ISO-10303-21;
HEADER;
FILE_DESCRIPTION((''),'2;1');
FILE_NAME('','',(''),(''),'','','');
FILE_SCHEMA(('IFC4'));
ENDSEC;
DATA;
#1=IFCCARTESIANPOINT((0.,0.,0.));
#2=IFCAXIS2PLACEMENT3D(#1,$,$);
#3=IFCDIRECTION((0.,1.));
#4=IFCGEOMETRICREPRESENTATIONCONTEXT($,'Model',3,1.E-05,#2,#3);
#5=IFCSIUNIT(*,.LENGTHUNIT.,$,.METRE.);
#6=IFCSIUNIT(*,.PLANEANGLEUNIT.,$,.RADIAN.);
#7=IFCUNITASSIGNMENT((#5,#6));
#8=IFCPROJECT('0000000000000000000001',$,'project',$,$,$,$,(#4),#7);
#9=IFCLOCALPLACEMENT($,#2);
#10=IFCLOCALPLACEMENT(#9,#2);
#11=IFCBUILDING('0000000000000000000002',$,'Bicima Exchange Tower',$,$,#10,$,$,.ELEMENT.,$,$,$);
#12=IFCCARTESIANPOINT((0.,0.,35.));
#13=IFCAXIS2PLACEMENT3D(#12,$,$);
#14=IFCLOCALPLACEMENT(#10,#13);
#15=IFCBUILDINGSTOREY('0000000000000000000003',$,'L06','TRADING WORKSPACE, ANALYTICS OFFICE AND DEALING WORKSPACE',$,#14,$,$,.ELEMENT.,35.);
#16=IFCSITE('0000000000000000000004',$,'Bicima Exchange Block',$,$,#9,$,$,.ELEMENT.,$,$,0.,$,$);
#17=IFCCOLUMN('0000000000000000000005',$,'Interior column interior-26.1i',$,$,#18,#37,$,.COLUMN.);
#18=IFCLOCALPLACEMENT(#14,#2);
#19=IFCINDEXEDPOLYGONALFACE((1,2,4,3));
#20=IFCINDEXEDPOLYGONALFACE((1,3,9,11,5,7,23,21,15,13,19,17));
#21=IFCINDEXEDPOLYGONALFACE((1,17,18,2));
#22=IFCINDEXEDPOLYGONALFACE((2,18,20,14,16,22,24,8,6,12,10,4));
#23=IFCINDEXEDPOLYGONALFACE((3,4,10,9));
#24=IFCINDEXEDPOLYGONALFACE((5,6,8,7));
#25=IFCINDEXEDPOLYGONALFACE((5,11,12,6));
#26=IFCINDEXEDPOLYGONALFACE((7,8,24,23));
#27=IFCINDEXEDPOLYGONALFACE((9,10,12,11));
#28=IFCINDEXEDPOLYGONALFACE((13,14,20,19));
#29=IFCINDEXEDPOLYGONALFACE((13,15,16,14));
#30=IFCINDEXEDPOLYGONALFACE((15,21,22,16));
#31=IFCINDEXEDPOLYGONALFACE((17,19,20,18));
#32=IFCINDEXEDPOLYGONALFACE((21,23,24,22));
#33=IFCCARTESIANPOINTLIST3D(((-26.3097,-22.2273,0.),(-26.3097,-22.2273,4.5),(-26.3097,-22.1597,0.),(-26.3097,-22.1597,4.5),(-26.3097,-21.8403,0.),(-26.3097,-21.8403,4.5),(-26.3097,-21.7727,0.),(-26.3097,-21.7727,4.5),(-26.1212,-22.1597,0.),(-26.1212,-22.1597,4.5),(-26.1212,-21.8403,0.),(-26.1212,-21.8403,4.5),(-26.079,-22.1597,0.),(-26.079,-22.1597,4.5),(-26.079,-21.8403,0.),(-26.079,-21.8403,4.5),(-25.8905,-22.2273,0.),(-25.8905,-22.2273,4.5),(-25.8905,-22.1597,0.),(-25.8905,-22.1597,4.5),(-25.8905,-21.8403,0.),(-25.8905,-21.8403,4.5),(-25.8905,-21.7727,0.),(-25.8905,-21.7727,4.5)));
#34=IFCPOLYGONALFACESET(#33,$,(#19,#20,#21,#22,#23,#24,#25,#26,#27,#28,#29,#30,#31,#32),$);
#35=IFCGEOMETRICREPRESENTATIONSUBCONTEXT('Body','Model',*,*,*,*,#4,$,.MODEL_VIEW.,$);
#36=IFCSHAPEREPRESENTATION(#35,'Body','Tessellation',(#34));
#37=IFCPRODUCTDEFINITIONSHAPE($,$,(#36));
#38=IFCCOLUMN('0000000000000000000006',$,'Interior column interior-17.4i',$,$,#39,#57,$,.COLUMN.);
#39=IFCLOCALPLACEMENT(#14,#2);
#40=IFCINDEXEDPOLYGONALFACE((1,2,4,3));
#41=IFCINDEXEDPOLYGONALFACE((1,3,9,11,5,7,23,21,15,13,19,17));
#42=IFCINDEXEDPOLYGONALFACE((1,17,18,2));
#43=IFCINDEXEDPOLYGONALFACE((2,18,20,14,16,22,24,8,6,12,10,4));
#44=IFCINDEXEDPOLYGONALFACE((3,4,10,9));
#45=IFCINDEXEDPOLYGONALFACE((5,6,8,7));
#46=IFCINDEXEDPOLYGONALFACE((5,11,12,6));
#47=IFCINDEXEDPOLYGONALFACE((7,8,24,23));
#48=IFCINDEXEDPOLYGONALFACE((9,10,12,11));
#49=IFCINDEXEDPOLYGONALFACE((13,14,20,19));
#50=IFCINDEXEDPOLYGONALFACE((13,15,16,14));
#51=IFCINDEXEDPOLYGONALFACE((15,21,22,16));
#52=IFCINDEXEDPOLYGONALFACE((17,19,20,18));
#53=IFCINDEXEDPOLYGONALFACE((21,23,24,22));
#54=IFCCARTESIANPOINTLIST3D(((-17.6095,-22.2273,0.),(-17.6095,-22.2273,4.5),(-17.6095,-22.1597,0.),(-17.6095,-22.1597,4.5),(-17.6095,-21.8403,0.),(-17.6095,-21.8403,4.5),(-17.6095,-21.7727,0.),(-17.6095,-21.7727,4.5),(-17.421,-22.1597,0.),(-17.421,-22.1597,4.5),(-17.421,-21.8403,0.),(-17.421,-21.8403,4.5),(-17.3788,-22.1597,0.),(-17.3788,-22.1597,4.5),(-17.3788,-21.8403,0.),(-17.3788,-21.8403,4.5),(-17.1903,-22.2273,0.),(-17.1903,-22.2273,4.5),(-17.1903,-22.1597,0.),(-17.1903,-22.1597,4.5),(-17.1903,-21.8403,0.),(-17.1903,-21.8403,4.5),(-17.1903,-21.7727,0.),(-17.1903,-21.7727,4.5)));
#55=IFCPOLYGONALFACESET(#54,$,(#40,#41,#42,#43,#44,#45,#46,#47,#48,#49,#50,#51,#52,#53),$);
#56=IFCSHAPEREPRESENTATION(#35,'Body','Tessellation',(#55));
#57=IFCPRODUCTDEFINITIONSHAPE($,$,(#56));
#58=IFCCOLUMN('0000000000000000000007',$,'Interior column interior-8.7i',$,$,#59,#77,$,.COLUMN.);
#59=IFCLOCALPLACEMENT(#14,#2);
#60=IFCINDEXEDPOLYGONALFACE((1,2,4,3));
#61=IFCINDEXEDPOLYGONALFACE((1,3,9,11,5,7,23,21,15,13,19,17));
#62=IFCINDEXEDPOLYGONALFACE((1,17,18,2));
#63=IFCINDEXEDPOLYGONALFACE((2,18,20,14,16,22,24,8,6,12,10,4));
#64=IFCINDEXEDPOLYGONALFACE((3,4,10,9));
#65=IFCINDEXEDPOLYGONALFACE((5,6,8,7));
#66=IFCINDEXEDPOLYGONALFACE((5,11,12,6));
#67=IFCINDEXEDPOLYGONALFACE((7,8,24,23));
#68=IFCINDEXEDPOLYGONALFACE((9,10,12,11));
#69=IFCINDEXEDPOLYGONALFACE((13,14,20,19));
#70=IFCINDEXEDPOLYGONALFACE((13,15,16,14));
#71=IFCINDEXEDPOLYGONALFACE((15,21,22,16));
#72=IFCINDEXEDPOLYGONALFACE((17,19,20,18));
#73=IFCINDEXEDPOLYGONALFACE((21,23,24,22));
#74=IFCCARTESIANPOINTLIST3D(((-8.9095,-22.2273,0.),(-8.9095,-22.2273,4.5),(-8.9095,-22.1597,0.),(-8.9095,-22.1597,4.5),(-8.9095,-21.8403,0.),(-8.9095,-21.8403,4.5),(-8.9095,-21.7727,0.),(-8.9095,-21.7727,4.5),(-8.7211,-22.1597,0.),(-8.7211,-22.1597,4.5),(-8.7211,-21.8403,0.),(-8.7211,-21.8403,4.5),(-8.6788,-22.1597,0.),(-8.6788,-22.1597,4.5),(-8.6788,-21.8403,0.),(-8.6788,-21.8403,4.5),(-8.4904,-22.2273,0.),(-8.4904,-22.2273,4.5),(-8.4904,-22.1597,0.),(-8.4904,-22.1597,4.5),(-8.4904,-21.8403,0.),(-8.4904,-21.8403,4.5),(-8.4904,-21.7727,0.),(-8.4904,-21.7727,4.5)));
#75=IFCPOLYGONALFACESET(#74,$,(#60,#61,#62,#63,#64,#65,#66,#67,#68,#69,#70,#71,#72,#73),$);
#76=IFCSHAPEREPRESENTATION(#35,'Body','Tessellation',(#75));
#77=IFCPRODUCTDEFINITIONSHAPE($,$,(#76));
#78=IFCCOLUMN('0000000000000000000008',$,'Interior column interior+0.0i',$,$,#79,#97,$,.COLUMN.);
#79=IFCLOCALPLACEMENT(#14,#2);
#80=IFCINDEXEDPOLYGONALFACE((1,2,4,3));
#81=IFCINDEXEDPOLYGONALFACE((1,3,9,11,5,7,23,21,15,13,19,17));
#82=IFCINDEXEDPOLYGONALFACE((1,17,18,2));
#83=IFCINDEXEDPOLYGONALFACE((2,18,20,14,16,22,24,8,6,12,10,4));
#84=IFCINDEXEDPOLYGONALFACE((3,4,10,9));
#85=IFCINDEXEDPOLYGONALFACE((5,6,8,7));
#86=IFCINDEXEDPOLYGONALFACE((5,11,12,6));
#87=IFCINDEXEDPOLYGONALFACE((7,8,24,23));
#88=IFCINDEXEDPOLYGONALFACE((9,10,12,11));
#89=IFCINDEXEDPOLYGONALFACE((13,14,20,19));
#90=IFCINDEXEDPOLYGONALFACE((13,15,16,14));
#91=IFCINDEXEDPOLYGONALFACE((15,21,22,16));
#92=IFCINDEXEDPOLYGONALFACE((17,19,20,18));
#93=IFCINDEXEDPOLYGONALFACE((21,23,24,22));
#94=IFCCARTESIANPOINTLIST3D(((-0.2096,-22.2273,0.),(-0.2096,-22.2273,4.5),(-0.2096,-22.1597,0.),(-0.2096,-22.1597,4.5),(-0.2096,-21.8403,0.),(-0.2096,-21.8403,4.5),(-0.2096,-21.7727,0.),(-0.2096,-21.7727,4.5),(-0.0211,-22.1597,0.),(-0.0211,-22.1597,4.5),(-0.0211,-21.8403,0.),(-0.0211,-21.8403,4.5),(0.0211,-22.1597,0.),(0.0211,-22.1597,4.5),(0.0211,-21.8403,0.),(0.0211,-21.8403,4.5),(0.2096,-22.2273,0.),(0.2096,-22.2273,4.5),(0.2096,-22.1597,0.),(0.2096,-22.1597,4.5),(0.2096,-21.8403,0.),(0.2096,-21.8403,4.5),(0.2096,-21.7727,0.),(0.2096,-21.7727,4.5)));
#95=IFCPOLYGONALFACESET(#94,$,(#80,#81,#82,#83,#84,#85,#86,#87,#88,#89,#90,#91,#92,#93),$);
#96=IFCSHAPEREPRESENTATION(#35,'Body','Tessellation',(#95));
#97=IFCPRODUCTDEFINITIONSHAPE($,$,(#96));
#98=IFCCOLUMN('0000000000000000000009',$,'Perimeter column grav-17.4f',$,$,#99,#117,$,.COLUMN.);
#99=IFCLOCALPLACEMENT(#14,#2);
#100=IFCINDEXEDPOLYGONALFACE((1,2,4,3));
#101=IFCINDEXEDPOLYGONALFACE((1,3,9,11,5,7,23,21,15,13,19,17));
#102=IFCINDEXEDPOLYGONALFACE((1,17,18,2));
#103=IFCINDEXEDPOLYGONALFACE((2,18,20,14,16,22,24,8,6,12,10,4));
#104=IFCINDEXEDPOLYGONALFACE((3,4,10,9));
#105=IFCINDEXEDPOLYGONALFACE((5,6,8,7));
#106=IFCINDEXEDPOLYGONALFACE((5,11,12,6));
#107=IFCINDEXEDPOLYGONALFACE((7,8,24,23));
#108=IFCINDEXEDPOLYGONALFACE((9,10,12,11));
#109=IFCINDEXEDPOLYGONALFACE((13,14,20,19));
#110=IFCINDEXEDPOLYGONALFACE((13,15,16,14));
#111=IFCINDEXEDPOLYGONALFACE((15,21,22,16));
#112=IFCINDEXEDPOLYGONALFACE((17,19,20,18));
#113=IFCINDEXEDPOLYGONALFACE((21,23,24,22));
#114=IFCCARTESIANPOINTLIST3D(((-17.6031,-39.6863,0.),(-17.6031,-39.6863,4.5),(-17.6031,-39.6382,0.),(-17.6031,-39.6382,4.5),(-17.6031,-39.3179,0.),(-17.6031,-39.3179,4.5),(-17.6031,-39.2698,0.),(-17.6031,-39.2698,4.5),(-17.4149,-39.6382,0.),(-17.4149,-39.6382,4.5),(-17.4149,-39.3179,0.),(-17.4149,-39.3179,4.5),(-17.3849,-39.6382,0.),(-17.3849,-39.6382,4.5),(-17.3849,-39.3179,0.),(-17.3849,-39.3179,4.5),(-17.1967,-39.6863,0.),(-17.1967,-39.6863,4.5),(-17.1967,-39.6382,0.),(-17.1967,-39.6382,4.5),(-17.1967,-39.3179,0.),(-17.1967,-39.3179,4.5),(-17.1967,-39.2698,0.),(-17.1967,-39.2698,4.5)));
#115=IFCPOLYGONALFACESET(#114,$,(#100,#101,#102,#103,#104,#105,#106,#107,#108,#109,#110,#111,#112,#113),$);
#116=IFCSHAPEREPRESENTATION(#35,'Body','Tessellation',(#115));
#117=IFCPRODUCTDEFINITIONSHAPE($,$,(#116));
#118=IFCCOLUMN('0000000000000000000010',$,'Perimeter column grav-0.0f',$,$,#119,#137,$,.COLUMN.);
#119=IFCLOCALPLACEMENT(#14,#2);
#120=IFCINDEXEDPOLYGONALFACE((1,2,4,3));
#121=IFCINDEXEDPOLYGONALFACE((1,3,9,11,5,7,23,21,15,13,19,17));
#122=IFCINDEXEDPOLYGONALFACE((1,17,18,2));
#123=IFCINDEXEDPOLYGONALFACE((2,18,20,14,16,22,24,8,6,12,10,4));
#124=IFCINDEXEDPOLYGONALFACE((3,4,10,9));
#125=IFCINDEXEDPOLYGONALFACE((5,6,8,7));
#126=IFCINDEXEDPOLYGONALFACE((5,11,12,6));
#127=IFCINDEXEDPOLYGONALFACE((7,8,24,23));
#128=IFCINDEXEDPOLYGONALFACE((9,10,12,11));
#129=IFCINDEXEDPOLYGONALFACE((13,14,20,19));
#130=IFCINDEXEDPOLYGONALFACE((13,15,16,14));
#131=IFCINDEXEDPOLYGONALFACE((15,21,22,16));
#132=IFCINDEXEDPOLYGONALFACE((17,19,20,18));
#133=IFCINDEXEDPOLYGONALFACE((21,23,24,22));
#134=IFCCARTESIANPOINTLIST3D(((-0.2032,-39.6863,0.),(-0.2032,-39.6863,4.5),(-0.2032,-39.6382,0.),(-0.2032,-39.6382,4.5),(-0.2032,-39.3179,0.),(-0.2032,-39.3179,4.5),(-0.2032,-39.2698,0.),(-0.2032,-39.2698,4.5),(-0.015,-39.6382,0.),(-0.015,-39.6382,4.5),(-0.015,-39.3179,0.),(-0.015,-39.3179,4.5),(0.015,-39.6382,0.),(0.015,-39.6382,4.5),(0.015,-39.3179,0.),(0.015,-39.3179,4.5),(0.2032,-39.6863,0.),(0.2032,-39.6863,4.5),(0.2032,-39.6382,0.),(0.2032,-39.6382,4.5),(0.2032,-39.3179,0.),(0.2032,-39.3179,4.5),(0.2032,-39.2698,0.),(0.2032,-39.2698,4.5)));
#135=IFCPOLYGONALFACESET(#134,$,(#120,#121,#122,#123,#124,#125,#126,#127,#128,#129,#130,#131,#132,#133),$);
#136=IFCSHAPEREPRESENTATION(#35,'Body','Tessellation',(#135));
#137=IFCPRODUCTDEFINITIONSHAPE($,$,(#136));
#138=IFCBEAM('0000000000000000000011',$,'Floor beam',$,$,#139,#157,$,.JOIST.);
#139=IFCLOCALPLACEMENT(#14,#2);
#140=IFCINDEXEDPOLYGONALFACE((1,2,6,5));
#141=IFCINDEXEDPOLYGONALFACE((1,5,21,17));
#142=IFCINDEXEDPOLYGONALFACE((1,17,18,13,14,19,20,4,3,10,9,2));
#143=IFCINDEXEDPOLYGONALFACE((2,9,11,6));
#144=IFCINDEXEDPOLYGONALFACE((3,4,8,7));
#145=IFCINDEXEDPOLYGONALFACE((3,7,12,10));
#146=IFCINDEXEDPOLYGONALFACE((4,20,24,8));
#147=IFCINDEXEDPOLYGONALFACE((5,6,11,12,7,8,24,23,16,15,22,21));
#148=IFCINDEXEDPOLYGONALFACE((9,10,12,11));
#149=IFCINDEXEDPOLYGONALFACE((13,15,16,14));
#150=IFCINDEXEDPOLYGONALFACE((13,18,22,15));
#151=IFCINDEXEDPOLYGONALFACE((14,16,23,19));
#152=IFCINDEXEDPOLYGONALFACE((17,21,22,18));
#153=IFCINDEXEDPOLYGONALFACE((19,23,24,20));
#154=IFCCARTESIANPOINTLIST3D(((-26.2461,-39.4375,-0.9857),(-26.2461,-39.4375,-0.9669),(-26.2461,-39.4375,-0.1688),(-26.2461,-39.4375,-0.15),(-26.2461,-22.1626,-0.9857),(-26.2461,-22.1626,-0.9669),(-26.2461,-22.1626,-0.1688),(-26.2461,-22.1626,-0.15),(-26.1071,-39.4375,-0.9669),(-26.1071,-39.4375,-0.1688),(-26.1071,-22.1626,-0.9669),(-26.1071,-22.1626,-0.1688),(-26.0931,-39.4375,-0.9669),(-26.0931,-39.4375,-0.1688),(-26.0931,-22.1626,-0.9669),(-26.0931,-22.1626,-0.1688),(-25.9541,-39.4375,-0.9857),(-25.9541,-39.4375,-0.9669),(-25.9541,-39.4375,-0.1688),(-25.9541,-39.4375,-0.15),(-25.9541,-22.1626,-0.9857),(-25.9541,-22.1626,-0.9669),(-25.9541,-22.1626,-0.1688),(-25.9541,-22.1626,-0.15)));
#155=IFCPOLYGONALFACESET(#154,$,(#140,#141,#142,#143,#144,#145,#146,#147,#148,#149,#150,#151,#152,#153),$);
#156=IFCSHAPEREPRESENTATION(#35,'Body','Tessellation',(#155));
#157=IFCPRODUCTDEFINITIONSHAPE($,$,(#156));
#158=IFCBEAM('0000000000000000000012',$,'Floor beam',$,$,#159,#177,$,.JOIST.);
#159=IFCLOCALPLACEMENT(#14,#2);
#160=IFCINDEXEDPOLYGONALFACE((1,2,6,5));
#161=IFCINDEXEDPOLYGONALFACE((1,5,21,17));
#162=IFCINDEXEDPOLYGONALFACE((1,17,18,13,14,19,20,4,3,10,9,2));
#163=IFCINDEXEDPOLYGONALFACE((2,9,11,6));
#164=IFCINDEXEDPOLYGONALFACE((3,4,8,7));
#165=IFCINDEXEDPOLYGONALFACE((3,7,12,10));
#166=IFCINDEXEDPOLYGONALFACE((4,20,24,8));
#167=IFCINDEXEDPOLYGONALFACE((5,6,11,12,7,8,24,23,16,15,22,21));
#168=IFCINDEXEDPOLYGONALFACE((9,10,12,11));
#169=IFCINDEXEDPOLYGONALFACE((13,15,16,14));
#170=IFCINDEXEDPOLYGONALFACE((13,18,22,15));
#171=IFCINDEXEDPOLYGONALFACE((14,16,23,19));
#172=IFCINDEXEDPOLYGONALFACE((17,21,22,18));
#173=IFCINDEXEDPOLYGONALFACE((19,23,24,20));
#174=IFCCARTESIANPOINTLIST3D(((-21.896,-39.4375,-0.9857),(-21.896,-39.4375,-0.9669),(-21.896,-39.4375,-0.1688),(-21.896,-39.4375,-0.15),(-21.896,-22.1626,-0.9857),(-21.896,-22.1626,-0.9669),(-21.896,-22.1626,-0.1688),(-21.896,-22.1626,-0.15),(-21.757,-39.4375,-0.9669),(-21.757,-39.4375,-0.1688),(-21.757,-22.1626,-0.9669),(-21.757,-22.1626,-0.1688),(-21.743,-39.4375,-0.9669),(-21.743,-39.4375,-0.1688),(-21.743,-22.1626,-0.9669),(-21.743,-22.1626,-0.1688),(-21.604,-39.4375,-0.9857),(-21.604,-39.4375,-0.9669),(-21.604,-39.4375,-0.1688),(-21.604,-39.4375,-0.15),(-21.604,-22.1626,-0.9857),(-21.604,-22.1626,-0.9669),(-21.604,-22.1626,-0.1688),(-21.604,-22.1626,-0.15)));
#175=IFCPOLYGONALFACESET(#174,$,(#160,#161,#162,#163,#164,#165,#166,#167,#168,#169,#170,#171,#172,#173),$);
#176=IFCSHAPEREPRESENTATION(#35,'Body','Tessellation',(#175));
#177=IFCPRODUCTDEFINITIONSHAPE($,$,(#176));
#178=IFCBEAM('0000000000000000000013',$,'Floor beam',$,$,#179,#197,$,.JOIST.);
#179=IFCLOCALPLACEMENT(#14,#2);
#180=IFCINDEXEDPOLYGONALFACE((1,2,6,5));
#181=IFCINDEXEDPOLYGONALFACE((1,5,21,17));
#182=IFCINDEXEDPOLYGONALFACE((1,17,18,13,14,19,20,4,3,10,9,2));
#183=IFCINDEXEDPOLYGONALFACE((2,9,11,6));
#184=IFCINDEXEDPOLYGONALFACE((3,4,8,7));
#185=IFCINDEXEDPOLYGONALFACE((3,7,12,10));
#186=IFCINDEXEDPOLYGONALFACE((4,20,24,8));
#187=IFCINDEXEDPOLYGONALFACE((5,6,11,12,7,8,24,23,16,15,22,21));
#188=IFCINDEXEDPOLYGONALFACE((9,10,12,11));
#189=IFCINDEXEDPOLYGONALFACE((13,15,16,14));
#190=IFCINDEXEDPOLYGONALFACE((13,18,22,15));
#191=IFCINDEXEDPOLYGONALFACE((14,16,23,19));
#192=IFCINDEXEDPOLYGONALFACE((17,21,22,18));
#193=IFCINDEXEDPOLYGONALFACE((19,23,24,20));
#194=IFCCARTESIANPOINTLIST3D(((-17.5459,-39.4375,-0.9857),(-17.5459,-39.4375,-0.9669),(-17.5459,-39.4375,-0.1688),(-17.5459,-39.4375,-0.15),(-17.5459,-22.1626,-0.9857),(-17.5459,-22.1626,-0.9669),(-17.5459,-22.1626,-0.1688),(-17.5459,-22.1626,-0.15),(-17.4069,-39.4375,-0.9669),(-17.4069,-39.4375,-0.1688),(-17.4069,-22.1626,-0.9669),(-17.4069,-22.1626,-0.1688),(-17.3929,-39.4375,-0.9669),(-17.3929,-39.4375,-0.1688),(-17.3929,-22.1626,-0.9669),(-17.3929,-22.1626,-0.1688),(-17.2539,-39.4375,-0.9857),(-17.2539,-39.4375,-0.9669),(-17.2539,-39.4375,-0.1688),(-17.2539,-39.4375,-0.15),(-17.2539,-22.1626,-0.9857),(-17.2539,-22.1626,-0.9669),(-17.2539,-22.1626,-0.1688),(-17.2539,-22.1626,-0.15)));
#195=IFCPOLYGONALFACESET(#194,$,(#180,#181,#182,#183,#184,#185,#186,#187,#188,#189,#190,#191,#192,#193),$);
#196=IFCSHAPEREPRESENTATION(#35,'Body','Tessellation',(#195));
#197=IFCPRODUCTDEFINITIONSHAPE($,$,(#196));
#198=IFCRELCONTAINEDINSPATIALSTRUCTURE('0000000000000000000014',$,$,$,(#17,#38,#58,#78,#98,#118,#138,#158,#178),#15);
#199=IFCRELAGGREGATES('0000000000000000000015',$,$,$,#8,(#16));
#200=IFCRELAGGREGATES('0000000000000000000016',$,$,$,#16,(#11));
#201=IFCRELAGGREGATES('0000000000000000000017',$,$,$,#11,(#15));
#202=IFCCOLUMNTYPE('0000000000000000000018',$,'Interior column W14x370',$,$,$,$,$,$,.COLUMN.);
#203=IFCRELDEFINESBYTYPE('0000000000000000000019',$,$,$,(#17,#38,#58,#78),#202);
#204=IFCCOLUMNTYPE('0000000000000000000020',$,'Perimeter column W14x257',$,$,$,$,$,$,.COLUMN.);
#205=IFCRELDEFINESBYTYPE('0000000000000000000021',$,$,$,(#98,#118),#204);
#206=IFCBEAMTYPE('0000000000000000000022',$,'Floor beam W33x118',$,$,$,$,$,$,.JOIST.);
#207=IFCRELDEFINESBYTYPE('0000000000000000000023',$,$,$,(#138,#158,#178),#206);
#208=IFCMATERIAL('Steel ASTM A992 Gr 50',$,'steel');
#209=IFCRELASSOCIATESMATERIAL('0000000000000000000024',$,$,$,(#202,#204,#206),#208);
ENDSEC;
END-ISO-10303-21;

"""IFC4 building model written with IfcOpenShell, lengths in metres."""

from ifc_helpers import new_model, si_unit, direction, frame, origin, origin_2d, place, context, subcontext, project, spatial, i_section, extrude, material, material_profile, profile_set, type_object, element, save


model = new_model("IFC4")

# Units and contexts
model_context = context("Model", 3, precision=1e-05, world=origin(), true_north=direction((0.0, 1.0)))
body_context = subcontext(model_context, "Body", "Model", "MODEL_VIEW")
ifc_project = project(units=[si_unit("LENGTHUNIT", "METRE"), si_unit("PLANEANGLEUNIT", "RADIAN")], contexts=[model_context])

# Site, building, storey
site_placement = place(None, origin())
site = spatial("IfcSite", under=ifc_project, at=site_placement, Name="Bicima Exchange Block", CompositionType="ELEMENT", RefElevation=0.0)
building_placement = place(site_placement, origin())
building = spatial("IfcBuilding", under=site, at=building_placement, Name="Bicima Exchange Tower", CompositionType="ELEMENT")
storey_placement = place(building_placement, frame((0.0, 0.0, 35.0)))
storey = spatial("IfcBuildingStorey", under=building, at=storey_placement, Name="L06", Description="TRADING WORKSPACE, ANALYTICS OFFICE AND DEALING WORKSPACE", CompositionType="ELEMENT", Elevation=35.0)

# Columns
ifc_material_1 = material(Name="Steel ASTM A992 Gr 50", Category="steel")
ifc_material_profile_1 = material_profile(ifc_material_1, i_section(OverallWidth=0.4192, OverallDepth=0.4546, WebThickness=0.0422, FlangeThickness=0.0676, at=origin_2d()))
ifc_profile_set_1 = profile_set([ifc_material_profile_1], Name="Steel ASTM A992 Gr 50")
column_type_1 = type_object("IfcColumnType", Name="Interior column W14x370", PredefinedType="COLUMN", material=ifc_profile_set_1)
for number, where, z_axis, x_axis, name in (
    (1, (-26.1001, -22.0, 0.0), (0.0, 0.0, 1.0), (1.0, 0.0, 0.0), "Interior column interior-26.1i"),
    (2, (-17.3999, -22.0, 0.0), (0.0, 0.0, 1.0), (1.0, 0.0, 0.0), "Interior column interior-17.4i"),
    (3, (-8.7, -22.0, 0.0), (0.0, 0.0, 1.0), (1.0, 0.0, 0.0), "Interior column interior-8.7i"),
    (4, (0.0, -22.0, 0.0), (0.0, 0.0, 1.0), (1.0, 0.0, 0.0), "Interior column interior+0.0i"),
):
    element("IfcColumn", number, at=place(storey_placement, frame(where, z_axis=z_axis, x_axis=x_axis)), inside=storey, type_object=column_type_1, Name=name, PredefinedType="COLUMN", context=body_context, shape_type="SweptSolid", body=[
        extrude(i_section(OverallWidth=0.4192, OverallDepth=0.4546, WebThickness=0.0422, FlangeThickness=0.0676, at=origin_2d()), origin(), (0.0, 0.0, 1.0), 4.5),
    ])
ifc_material_profile_2 = material_profile(ifc_material_1, i_section(OverallWidth=0.4065, OverallDepth=0.4165, WebThickness=0.03, FlangeThickness=0.0481, at=origin_2d()))
ifc_profile_set_2 = profile_set([ifc_material_profile_2], Name="Steel ASTM A992 Gr 50")
column_type_2 = type_object("IfcColumnType", Name="Perimeter column W14x257", PredefinedType="COLUMN", material=ifc_profile_set_2)
for number, where, z_axis, x_axis, name in (
    (5, (-17.3999, -39.478, 0.0), (0.0, 0.0, 1.0), (1.0, 0.0, 0.0), "Perimeter column grav-17.4f"),
    (6, (0.0, -39.478, 0.0), (0.0, 0.0, 1.0), (1.0, 0.0, 0.0), "Perimeter column grav-0.0f"),
):
    element("IfcColumn", number, at=place(storey_placement, frame(where, z_axis=z_axis, x_axis=x_axis)), inside=storey, type_object=column_type_2, Name=name, PredefinedType="COLUMN", context=body_context, shape_type="SweptSolid", body=[
        extrude(i_section(OverallWidth=0.4065, OverallDepth=0.4165, WebThickness=0.03, FlangeThickness=0.0481, at=origin_2d()), origin(), (0.0, 0.0, 1.0), 4.5),
    ])

# Beams
ifc_material_profile_3 = material_profile(ifc_material_1, i_section(OverallWidth=0.292, OverallDepth=0.8357, WebThickness=0.0139, FlangeThickness=0.0188, at=origin_2d()))
ifc_profile_set_3 = profile_set([ifc_material_profile_3], Name="Steel ASTM A992 Gr 50")
beam_type_1 = type_object("IfcBeamType", Name="Floor beam W33x118", PredefinedType="JOIST", material=ifc_profile_set_3)
for number, where, z_axis, x_axis, name in (
    (7, (-26.1001, -22.1626, -0.5679), (0.0, -1.0, 0.0), (1.0, 0.0, 0.0), "Floor beam"),
    (8, (-21.75, -22.1626, -0.5679), (0.0, -1.0, 0.0), (1.0, 0.0, 0.0), "Floor beam"),
    (9, (-17.3999, -22.1626, -0.5679), (0.0, -1.0, 0.0), (1.0, 0.0, 0.0), "Floor beam"),
):
    element("IfcBeam", number, at=place(storey_placement, frame(where, z_axis=z_axis, x_axis=x_axis)), inside=storey, type_object=beam_type_1, Name=name, PredefinedType="JOIST", context=body_context, shape_type="SweptSolid", body=[
        extrude(i_section(OverallWidth=0.292, OverallDepth=0.8357, WebThickness=0.0139, FlangeThickness=0.0188, at=origin_2d()), origin(), (0.0, 0.0, 1.0), 17.2749),
    ])

save(model, "model.ifc")
